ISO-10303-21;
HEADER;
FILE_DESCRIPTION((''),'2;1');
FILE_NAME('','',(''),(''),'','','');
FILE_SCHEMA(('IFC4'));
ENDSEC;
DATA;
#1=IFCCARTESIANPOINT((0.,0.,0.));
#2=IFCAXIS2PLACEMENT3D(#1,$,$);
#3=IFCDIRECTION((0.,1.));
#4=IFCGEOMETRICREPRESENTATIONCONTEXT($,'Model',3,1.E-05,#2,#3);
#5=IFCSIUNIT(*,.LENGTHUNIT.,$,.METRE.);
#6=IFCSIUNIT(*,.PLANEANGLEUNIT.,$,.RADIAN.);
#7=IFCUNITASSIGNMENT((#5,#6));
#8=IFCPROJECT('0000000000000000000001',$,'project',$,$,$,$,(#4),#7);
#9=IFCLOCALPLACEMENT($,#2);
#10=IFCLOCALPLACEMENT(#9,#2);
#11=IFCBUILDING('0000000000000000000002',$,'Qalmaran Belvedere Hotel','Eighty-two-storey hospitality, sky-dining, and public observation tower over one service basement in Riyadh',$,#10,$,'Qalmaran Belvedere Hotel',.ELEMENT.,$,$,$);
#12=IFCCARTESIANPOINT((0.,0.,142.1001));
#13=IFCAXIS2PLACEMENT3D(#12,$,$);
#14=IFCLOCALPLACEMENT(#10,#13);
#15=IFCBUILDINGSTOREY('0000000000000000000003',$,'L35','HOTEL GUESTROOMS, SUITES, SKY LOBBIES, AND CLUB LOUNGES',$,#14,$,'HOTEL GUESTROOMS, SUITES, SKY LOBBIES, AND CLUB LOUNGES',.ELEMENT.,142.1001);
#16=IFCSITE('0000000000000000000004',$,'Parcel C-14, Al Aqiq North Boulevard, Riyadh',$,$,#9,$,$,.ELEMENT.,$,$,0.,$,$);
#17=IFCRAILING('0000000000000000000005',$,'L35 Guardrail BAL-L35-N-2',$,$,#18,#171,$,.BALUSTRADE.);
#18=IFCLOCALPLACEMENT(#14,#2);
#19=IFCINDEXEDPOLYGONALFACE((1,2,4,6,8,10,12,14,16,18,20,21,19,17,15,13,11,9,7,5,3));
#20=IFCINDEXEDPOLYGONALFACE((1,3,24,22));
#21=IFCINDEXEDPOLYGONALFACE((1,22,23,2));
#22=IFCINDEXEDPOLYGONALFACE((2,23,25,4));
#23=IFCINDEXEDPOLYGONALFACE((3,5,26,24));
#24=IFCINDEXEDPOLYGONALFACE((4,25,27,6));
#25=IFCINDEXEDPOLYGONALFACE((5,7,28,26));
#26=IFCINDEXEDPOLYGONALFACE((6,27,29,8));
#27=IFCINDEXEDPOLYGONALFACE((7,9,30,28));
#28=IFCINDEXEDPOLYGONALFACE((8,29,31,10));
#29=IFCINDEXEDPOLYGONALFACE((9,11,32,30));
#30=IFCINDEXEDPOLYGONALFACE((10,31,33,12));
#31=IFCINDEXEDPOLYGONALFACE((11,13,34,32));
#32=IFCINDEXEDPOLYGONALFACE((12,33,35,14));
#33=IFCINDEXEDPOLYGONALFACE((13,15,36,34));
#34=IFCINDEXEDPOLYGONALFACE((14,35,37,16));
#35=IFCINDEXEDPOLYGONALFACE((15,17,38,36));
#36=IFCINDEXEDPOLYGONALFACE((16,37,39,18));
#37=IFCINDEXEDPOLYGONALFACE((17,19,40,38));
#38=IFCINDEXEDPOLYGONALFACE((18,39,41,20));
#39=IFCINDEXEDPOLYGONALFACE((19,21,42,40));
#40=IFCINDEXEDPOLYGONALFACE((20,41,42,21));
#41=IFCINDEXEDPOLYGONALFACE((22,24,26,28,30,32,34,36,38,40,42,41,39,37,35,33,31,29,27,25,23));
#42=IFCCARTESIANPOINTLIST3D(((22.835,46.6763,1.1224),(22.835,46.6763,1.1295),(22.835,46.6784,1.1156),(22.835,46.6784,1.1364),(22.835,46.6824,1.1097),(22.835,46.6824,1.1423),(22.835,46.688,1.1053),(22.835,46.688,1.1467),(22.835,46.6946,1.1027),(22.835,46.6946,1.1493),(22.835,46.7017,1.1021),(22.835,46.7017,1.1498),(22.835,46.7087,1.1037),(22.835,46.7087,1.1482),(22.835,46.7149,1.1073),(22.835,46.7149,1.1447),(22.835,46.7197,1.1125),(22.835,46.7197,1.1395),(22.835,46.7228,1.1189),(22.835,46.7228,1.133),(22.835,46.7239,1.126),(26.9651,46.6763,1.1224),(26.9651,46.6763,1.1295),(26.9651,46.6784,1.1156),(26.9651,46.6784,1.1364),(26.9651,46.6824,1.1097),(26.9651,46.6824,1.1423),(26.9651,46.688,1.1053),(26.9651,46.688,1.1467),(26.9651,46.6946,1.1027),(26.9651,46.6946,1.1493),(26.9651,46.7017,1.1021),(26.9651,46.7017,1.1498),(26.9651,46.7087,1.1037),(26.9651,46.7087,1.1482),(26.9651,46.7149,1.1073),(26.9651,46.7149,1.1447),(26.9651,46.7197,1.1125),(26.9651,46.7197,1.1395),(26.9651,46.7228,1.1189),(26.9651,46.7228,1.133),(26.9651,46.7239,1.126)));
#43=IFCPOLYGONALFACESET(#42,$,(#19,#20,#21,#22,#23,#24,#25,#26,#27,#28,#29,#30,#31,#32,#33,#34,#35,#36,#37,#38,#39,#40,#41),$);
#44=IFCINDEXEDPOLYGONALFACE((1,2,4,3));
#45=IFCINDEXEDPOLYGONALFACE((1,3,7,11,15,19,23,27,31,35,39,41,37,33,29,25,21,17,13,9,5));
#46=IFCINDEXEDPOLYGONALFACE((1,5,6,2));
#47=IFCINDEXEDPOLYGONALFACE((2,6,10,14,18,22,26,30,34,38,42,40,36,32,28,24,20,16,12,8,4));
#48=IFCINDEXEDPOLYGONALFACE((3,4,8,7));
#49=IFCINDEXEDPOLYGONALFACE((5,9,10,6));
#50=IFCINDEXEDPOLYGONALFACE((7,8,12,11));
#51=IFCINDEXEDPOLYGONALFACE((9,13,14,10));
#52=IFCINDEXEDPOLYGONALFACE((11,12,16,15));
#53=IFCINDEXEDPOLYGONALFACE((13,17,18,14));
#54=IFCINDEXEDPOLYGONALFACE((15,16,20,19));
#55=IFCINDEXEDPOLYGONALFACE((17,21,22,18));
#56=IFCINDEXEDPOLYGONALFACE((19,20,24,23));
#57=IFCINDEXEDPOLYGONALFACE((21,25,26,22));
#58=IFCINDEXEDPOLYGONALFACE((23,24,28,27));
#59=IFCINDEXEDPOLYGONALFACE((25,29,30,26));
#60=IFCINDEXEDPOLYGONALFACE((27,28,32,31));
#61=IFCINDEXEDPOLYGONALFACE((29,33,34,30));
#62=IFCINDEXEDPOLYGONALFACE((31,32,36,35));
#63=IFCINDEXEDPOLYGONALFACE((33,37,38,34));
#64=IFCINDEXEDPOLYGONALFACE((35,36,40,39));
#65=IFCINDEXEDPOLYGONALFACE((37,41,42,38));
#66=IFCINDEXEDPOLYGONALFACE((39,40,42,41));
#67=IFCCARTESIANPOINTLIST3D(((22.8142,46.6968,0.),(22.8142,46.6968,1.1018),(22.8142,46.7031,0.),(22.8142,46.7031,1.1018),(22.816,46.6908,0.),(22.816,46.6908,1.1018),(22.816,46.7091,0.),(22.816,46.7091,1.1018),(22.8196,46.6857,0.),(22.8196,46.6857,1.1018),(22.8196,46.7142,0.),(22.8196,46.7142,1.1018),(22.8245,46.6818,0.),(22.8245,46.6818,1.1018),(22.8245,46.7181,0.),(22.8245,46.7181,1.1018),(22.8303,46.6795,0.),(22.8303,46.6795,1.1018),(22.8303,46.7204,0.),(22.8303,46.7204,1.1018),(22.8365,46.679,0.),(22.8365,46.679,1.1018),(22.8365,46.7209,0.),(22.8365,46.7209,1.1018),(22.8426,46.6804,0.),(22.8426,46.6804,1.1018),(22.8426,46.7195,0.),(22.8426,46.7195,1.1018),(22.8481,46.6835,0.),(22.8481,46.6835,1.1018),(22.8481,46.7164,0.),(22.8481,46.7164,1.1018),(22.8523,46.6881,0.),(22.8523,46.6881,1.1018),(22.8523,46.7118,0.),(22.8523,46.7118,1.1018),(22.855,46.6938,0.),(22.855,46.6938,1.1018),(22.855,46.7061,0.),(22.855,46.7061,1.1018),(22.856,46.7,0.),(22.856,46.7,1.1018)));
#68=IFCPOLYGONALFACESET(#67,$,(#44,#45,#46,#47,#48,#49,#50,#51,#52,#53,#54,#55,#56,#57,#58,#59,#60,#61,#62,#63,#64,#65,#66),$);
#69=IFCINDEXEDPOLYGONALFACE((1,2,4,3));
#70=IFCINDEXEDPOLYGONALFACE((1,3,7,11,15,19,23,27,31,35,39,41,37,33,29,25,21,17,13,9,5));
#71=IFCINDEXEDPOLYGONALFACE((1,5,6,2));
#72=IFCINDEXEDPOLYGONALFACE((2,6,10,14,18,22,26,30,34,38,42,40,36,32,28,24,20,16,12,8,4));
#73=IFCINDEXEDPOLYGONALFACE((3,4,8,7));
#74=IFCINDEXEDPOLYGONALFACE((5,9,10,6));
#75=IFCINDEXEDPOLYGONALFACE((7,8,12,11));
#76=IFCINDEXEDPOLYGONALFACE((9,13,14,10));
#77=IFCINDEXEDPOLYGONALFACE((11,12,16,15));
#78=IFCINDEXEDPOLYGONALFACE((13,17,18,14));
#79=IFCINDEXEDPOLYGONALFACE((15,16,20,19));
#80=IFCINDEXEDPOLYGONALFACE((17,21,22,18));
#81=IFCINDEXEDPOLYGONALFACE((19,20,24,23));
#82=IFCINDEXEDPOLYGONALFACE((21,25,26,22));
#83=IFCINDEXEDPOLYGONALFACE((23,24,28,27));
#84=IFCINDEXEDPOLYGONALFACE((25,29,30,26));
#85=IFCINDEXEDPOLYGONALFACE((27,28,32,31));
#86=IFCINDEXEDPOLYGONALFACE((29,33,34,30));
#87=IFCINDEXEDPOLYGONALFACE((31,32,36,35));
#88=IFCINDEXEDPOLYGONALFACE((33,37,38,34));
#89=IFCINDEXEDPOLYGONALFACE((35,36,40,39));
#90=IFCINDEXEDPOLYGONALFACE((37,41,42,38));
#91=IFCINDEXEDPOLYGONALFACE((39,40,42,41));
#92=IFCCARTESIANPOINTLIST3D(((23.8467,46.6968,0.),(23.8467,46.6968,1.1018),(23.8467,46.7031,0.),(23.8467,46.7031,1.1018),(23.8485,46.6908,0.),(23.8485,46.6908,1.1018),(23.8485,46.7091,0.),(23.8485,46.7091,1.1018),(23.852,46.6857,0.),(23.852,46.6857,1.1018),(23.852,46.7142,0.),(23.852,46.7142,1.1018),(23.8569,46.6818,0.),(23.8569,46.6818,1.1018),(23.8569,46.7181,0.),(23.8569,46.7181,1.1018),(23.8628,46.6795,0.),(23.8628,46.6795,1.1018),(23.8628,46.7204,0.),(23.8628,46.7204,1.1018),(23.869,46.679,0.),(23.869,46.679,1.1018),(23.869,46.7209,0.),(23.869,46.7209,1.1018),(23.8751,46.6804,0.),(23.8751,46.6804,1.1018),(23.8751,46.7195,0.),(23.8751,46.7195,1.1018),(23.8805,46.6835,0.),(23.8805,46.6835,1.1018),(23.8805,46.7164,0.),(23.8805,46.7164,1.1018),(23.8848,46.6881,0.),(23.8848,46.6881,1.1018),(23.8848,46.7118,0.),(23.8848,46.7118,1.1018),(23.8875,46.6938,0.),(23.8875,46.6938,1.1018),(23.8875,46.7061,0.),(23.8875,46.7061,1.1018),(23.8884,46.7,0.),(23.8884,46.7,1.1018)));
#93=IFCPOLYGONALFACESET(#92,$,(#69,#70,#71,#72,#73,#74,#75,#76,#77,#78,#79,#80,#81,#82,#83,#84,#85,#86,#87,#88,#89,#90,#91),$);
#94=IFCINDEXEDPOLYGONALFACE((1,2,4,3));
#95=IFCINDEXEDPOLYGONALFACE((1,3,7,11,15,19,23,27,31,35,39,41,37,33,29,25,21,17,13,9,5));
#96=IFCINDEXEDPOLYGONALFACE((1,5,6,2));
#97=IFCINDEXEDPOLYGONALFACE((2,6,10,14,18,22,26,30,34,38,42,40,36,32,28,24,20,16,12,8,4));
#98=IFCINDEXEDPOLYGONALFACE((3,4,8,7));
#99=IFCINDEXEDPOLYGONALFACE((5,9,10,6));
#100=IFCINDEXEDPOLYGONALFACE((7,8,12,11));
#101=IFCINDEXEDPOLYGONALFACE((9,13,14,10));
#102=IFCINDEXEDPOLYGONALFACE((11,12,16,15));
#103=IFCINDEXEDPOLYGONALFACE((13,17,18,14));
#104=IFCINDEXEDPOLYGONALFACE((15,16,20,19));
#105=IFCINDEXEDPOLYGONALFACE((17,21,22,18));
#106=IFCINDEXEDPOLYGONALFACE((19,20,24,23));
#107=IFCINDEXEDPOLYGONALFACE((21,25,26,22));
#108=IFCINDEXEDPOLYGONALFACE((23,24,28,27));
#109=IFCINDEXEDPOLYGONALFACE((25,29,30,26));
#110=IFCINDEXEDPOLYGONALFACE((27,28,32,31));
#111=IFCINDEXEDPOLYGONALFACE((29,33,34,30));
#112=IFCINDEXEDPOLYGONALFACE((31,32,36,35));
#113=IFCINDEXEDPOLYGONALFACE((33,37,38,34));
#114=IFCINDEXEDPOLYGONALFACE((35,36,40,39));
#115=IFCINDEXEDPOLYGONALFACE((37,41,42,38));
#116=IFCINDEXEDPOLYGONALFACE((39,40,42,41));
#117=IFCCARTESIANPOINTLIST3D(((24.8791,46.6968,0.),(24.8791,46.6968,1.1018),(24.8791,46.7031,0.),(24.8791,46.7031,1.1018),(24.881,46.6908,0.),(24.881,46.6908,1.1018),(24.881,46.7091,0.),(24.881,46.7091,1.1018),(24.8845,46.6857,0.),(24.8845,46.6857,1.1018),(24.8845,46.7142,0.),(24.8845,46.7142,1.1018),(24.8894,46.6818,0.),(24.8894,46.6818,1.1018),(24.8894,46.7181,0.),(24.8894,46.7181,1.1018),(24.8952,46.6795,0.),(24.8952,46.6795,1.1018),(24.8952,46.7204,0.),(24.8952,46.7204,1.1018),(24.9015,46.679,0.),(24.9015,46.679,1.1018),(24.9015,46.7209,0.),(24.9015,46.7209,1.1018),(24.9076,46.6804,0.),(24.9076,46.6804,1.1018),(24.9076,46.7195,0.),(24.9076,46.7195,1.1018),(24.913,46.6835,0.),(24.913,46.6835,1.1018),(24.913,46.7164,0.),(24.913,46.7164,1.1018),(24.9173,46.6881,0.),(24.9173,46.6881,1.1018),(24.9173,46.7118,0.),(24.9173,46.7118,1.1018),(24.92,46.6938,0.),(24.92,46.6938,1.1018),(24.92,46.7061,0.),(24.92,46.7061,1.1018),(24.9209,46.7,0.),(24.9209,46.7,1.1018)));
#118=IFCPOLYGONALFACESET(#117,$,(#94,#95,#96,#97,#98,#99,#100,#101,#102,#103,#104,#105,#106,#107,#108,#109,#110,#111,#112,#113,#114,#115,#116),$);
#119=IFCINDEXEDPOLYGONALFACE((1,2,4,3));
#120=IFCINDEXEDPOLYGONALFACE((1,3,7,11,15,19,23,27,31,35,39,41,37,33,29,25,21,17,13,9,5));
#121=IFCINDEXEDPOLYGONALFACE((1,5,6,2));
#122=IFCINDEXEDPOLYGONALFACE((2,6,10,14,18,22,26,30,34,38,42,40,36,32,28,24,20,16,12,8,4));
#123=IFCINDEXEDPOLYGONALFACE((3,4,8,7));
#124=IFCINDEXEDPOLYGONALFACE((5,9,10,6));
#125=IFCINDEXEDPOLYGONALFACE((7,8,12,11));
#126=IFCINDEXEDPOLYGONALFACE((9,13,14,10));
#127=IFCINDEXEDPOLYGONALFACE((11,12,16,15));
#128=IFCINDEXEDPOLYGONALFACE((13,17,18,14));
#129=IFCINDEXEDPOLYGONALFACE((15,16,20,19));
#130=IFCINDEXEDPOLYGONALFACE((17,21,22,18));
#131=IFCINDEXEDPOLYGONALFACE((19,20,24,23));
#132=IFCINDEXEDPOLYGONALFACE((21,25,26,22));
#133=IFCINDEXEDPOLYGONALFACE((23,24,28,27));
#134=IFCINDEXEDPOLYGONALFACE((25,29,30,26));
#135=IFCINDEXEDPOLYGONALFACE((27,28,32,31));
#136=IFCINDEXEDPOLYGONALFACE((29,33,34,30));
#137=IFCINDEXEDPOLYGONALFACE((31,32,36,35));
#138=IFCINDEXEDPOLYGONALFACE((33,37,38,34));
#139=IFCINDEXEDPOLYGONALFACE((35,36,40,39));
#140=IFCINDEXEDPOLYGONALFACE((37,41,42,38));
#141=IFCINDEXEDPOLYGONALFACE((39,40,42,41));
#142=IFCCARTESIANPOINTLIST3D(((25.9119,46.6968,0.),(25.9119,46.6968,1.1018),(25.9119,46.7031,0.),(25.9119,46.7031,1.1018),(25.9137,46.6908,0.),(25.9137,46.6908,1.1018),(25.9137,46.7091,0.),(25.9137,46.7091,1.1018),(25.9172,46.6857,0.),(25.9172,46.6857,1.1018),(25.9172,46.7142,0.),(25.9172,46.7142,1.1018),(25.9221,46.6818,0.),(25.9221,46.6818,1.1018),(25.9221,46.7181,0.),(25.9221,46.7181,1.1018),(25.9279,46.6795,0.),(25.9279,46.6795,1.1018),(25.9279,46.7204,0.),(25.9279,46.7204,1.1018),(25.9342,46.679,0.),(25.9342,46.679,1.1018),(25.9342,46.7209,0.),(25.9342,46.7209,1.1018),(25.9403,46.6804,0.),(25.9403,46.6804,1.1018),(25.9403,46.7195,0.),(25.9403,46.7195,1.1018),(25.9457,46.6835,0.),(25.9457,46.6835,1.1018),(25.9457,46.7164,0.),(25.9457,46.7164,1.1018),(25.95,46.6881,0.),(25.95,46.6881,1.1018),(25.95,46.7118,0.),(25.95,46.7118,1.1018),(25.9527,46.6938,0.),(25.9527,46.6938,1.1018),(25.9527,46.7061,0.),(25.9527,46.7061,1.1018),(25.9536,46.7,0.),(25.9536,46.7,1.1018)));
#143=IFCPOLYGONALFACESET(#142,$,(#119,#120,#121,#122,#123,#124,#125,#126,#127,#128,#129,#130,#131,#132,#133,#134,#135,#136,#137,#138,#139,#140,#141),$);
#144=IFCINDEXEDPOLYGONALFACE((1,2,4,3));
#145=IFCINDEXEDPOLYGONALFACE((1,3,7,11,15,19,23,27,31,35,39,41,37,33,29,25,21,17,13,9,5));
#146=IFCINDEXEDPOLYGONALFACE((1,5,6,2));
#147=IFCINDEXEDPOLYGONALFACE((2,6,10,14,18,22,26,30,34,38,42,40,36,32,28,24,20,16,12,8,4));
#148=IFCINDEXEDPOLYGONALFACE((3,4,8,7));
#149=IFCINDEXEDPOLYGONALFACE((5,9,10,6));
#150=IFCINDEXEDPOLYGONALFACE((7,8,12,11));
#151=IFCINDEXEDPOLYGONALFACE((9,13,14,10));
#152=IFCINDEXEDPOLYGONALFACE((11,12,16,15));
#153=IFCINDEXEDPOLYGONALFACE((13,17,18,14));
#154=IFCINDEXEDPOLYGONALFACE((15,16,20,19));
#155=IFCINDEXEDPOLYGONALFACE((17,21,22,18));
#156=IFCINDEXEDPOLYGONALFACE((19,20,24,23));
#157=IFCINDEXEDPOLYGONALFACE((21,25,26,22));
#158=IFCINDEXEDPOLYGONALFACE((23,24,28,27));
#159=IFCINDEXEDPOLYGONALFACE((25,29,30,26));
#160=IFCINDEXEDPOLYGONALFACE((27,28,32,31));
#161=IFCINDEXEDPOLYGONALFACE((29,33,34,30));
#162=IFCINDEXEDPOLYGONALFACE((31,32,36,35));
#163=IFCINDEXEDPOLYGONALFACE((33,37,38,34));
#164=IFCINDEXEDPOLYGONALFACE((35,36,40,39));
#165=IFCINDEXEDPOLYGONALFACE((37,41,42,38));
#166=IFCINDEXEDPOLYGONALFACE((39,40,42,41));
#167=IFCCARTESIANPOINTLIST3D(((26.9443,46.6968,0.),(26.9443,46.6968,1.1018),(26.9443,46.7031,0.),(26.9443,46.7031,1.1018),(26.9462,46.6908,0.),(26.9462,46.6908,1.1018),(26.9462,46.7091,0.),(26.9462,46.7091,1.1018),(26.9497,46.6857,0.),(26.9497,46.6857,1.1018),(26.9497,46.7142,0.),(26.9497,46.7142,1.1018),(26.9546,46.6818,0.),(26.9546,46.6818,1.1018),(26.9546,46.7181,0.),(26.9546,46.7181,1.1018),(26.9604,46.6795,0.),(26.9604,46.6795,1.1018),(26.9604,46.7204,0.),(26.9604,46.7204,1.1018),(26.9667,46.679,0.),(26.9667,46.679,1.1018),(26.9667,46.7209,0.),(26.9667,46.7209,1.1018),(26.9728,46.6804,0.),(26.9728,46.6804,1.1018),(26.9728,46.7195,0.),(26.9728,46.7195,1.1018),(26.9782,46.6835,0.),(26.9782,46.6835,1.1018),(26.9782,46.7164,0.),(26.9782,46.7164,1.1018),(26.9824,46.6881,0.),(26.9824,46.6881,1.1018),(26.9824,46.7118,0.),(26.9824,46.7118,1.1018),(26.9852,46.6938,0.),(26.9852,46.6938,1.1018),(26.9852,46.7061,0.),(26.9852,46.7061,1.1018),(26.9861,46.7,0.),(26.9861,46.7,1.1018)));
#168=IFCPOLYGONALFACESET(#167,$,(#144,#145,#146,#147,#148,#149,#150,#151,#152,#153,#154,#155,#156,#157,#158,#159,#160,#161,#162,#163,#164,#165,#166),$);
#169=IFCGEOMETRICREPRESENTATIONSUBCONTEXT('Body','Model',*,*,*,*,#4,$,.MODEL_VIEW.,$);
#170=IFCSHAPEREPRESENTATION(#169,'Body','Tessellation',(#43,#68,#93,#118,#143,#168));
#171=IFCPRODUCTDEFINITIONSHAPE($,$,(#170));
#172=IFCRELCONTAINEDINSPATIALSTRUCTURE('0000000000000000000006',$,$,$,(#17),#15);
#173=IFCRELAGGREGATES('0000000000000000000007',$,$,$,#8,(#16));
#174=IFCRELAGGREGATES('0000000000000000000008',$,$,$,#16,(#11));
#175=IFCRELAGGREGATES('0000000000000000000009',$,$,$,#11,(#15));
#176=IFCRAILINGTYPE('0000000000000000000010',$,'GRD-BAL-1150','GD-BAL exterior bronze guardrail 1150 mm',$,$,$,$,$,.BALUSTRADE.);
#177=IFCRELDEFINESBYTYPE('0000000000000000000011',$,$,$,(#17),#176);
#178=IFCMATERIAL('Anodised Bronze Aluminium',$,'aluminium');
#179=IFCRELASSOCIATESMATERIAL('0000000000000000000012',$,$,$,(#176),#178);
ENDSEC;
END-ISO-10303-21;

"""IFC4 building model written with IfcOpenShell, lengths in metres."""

from ifc_helpers import new_model, si_unit, direction, frame, origin, origin_2d, place, context, subcontext, project, spatial, circle, extrude, material, type_object, element, save


model = new_model("IFC4")

# Units and contexts
model_context = context("Model", 3, precision=1e-05, world=origin(), true_north=direction((0.0, 1.0)))
body_context = subcontext(model_context, "Body", "Model", "MODEL_VIEW")
ifc_project = project(units=[si_unit("LENGTHUNIT", "METRE"), si_unit("PLANEANGLEUNIT", "RADIAN")], contexts=[model_context])

# Site, building, storey
site_placement = place(None, origin())
site = spatial("IfcSite", under=ifc_project, at=site_placement, Name="Parcel C-14, Al Aqiq North Boulevard, Riyadh", CompositionType="ELEMENT", RefElevation=0.0)
building_placement = place(site_placement, origin())
building = spatial("IfcBuilding", under=site, at=building_placement, Name="Qalmaran Belvedere Hotel", Description="Eighty-two-storey hospitality, sky-dining, and public observation tower over one service basement in Riyadh", LongName="Qalmaran Belvedere Hotel", CompositionType="ELEMENT")
storey_placement = place(building_placement, frame((0.0, 0.0, 142.1001)))
storey = spatial("IfcBuildingStorey", under=building, at=storey_placement, Name="L35", Description="HOTEL GUESTROOMS, SUITES, SKY LOBBIES, AND CLUB LOUNGES", LongName="HOTEL GUESTROOMS, SUITES, SKY LOBBIES, AND CLUB LOUNGES", CompositionType="ELEMENT", Elevation=142.1001)

# Shared definitions
ifc_material_1 = material(Name="Anodised Bronze Aluminium", Category="aluminium")

# Railing
railing_type = type_object("IfcRailingType", Name="GRD-BAL-1150", Description="GD-BAL exterior bronze guardrail 1150 mm", PredefinedType="BALUSTRADE", material=ifc_material_1)
railing_1_placement = place(storey_placement, frame((22.835, 46.7, 0.0)))
element("IfcRailing", 1, at=railing_1_placement, inside=storey, type_object=railing_type, Name="L35 Guardrail BAL-L35-N-2", PredefinedType="BALUSTRADE", context=body_context, shape_type="SweptSolid", body=[
    extrude(circle(Radius=0.0239, at=origin_2d()), frame((0.0, 0.0, 1.126), z_axis=(1.0, 0.0, 0.0), x_axis=(0.0, 1.0, 0.0)), (0.0, 0.0, 1.0), 4.1301),
    extrude(circle(Radius=0.021, at=origin_2d()), origin(), (0.0, 0.0, 1.0), 1.1018),
    extrude(circle(Radius=0.021, at=origin_2d()), frame((1.0325, 0.0, 0.0)), (0.0, 0.0, 1.0), 1.1018),
    extrude(circle(Radius=0.021, at=origin_2d()), frame((2.0649, 0.0, 0.0)), (0.0, 0.0, 1.0), 1.1018),
    extrude(circle(Radius=0.021, at=origin_2d()), frame((3.0977, 0.0, 0.0)), (0.0, 0.0, 1.0), 1.1018),
    extrude(circle(Radius=0.021, at=origin_2d()), frame((4.1301, 0.0, 0.0)), (0.0, 0.0, 1.0), 1.1018),
])

save(model, "model.ifc")
